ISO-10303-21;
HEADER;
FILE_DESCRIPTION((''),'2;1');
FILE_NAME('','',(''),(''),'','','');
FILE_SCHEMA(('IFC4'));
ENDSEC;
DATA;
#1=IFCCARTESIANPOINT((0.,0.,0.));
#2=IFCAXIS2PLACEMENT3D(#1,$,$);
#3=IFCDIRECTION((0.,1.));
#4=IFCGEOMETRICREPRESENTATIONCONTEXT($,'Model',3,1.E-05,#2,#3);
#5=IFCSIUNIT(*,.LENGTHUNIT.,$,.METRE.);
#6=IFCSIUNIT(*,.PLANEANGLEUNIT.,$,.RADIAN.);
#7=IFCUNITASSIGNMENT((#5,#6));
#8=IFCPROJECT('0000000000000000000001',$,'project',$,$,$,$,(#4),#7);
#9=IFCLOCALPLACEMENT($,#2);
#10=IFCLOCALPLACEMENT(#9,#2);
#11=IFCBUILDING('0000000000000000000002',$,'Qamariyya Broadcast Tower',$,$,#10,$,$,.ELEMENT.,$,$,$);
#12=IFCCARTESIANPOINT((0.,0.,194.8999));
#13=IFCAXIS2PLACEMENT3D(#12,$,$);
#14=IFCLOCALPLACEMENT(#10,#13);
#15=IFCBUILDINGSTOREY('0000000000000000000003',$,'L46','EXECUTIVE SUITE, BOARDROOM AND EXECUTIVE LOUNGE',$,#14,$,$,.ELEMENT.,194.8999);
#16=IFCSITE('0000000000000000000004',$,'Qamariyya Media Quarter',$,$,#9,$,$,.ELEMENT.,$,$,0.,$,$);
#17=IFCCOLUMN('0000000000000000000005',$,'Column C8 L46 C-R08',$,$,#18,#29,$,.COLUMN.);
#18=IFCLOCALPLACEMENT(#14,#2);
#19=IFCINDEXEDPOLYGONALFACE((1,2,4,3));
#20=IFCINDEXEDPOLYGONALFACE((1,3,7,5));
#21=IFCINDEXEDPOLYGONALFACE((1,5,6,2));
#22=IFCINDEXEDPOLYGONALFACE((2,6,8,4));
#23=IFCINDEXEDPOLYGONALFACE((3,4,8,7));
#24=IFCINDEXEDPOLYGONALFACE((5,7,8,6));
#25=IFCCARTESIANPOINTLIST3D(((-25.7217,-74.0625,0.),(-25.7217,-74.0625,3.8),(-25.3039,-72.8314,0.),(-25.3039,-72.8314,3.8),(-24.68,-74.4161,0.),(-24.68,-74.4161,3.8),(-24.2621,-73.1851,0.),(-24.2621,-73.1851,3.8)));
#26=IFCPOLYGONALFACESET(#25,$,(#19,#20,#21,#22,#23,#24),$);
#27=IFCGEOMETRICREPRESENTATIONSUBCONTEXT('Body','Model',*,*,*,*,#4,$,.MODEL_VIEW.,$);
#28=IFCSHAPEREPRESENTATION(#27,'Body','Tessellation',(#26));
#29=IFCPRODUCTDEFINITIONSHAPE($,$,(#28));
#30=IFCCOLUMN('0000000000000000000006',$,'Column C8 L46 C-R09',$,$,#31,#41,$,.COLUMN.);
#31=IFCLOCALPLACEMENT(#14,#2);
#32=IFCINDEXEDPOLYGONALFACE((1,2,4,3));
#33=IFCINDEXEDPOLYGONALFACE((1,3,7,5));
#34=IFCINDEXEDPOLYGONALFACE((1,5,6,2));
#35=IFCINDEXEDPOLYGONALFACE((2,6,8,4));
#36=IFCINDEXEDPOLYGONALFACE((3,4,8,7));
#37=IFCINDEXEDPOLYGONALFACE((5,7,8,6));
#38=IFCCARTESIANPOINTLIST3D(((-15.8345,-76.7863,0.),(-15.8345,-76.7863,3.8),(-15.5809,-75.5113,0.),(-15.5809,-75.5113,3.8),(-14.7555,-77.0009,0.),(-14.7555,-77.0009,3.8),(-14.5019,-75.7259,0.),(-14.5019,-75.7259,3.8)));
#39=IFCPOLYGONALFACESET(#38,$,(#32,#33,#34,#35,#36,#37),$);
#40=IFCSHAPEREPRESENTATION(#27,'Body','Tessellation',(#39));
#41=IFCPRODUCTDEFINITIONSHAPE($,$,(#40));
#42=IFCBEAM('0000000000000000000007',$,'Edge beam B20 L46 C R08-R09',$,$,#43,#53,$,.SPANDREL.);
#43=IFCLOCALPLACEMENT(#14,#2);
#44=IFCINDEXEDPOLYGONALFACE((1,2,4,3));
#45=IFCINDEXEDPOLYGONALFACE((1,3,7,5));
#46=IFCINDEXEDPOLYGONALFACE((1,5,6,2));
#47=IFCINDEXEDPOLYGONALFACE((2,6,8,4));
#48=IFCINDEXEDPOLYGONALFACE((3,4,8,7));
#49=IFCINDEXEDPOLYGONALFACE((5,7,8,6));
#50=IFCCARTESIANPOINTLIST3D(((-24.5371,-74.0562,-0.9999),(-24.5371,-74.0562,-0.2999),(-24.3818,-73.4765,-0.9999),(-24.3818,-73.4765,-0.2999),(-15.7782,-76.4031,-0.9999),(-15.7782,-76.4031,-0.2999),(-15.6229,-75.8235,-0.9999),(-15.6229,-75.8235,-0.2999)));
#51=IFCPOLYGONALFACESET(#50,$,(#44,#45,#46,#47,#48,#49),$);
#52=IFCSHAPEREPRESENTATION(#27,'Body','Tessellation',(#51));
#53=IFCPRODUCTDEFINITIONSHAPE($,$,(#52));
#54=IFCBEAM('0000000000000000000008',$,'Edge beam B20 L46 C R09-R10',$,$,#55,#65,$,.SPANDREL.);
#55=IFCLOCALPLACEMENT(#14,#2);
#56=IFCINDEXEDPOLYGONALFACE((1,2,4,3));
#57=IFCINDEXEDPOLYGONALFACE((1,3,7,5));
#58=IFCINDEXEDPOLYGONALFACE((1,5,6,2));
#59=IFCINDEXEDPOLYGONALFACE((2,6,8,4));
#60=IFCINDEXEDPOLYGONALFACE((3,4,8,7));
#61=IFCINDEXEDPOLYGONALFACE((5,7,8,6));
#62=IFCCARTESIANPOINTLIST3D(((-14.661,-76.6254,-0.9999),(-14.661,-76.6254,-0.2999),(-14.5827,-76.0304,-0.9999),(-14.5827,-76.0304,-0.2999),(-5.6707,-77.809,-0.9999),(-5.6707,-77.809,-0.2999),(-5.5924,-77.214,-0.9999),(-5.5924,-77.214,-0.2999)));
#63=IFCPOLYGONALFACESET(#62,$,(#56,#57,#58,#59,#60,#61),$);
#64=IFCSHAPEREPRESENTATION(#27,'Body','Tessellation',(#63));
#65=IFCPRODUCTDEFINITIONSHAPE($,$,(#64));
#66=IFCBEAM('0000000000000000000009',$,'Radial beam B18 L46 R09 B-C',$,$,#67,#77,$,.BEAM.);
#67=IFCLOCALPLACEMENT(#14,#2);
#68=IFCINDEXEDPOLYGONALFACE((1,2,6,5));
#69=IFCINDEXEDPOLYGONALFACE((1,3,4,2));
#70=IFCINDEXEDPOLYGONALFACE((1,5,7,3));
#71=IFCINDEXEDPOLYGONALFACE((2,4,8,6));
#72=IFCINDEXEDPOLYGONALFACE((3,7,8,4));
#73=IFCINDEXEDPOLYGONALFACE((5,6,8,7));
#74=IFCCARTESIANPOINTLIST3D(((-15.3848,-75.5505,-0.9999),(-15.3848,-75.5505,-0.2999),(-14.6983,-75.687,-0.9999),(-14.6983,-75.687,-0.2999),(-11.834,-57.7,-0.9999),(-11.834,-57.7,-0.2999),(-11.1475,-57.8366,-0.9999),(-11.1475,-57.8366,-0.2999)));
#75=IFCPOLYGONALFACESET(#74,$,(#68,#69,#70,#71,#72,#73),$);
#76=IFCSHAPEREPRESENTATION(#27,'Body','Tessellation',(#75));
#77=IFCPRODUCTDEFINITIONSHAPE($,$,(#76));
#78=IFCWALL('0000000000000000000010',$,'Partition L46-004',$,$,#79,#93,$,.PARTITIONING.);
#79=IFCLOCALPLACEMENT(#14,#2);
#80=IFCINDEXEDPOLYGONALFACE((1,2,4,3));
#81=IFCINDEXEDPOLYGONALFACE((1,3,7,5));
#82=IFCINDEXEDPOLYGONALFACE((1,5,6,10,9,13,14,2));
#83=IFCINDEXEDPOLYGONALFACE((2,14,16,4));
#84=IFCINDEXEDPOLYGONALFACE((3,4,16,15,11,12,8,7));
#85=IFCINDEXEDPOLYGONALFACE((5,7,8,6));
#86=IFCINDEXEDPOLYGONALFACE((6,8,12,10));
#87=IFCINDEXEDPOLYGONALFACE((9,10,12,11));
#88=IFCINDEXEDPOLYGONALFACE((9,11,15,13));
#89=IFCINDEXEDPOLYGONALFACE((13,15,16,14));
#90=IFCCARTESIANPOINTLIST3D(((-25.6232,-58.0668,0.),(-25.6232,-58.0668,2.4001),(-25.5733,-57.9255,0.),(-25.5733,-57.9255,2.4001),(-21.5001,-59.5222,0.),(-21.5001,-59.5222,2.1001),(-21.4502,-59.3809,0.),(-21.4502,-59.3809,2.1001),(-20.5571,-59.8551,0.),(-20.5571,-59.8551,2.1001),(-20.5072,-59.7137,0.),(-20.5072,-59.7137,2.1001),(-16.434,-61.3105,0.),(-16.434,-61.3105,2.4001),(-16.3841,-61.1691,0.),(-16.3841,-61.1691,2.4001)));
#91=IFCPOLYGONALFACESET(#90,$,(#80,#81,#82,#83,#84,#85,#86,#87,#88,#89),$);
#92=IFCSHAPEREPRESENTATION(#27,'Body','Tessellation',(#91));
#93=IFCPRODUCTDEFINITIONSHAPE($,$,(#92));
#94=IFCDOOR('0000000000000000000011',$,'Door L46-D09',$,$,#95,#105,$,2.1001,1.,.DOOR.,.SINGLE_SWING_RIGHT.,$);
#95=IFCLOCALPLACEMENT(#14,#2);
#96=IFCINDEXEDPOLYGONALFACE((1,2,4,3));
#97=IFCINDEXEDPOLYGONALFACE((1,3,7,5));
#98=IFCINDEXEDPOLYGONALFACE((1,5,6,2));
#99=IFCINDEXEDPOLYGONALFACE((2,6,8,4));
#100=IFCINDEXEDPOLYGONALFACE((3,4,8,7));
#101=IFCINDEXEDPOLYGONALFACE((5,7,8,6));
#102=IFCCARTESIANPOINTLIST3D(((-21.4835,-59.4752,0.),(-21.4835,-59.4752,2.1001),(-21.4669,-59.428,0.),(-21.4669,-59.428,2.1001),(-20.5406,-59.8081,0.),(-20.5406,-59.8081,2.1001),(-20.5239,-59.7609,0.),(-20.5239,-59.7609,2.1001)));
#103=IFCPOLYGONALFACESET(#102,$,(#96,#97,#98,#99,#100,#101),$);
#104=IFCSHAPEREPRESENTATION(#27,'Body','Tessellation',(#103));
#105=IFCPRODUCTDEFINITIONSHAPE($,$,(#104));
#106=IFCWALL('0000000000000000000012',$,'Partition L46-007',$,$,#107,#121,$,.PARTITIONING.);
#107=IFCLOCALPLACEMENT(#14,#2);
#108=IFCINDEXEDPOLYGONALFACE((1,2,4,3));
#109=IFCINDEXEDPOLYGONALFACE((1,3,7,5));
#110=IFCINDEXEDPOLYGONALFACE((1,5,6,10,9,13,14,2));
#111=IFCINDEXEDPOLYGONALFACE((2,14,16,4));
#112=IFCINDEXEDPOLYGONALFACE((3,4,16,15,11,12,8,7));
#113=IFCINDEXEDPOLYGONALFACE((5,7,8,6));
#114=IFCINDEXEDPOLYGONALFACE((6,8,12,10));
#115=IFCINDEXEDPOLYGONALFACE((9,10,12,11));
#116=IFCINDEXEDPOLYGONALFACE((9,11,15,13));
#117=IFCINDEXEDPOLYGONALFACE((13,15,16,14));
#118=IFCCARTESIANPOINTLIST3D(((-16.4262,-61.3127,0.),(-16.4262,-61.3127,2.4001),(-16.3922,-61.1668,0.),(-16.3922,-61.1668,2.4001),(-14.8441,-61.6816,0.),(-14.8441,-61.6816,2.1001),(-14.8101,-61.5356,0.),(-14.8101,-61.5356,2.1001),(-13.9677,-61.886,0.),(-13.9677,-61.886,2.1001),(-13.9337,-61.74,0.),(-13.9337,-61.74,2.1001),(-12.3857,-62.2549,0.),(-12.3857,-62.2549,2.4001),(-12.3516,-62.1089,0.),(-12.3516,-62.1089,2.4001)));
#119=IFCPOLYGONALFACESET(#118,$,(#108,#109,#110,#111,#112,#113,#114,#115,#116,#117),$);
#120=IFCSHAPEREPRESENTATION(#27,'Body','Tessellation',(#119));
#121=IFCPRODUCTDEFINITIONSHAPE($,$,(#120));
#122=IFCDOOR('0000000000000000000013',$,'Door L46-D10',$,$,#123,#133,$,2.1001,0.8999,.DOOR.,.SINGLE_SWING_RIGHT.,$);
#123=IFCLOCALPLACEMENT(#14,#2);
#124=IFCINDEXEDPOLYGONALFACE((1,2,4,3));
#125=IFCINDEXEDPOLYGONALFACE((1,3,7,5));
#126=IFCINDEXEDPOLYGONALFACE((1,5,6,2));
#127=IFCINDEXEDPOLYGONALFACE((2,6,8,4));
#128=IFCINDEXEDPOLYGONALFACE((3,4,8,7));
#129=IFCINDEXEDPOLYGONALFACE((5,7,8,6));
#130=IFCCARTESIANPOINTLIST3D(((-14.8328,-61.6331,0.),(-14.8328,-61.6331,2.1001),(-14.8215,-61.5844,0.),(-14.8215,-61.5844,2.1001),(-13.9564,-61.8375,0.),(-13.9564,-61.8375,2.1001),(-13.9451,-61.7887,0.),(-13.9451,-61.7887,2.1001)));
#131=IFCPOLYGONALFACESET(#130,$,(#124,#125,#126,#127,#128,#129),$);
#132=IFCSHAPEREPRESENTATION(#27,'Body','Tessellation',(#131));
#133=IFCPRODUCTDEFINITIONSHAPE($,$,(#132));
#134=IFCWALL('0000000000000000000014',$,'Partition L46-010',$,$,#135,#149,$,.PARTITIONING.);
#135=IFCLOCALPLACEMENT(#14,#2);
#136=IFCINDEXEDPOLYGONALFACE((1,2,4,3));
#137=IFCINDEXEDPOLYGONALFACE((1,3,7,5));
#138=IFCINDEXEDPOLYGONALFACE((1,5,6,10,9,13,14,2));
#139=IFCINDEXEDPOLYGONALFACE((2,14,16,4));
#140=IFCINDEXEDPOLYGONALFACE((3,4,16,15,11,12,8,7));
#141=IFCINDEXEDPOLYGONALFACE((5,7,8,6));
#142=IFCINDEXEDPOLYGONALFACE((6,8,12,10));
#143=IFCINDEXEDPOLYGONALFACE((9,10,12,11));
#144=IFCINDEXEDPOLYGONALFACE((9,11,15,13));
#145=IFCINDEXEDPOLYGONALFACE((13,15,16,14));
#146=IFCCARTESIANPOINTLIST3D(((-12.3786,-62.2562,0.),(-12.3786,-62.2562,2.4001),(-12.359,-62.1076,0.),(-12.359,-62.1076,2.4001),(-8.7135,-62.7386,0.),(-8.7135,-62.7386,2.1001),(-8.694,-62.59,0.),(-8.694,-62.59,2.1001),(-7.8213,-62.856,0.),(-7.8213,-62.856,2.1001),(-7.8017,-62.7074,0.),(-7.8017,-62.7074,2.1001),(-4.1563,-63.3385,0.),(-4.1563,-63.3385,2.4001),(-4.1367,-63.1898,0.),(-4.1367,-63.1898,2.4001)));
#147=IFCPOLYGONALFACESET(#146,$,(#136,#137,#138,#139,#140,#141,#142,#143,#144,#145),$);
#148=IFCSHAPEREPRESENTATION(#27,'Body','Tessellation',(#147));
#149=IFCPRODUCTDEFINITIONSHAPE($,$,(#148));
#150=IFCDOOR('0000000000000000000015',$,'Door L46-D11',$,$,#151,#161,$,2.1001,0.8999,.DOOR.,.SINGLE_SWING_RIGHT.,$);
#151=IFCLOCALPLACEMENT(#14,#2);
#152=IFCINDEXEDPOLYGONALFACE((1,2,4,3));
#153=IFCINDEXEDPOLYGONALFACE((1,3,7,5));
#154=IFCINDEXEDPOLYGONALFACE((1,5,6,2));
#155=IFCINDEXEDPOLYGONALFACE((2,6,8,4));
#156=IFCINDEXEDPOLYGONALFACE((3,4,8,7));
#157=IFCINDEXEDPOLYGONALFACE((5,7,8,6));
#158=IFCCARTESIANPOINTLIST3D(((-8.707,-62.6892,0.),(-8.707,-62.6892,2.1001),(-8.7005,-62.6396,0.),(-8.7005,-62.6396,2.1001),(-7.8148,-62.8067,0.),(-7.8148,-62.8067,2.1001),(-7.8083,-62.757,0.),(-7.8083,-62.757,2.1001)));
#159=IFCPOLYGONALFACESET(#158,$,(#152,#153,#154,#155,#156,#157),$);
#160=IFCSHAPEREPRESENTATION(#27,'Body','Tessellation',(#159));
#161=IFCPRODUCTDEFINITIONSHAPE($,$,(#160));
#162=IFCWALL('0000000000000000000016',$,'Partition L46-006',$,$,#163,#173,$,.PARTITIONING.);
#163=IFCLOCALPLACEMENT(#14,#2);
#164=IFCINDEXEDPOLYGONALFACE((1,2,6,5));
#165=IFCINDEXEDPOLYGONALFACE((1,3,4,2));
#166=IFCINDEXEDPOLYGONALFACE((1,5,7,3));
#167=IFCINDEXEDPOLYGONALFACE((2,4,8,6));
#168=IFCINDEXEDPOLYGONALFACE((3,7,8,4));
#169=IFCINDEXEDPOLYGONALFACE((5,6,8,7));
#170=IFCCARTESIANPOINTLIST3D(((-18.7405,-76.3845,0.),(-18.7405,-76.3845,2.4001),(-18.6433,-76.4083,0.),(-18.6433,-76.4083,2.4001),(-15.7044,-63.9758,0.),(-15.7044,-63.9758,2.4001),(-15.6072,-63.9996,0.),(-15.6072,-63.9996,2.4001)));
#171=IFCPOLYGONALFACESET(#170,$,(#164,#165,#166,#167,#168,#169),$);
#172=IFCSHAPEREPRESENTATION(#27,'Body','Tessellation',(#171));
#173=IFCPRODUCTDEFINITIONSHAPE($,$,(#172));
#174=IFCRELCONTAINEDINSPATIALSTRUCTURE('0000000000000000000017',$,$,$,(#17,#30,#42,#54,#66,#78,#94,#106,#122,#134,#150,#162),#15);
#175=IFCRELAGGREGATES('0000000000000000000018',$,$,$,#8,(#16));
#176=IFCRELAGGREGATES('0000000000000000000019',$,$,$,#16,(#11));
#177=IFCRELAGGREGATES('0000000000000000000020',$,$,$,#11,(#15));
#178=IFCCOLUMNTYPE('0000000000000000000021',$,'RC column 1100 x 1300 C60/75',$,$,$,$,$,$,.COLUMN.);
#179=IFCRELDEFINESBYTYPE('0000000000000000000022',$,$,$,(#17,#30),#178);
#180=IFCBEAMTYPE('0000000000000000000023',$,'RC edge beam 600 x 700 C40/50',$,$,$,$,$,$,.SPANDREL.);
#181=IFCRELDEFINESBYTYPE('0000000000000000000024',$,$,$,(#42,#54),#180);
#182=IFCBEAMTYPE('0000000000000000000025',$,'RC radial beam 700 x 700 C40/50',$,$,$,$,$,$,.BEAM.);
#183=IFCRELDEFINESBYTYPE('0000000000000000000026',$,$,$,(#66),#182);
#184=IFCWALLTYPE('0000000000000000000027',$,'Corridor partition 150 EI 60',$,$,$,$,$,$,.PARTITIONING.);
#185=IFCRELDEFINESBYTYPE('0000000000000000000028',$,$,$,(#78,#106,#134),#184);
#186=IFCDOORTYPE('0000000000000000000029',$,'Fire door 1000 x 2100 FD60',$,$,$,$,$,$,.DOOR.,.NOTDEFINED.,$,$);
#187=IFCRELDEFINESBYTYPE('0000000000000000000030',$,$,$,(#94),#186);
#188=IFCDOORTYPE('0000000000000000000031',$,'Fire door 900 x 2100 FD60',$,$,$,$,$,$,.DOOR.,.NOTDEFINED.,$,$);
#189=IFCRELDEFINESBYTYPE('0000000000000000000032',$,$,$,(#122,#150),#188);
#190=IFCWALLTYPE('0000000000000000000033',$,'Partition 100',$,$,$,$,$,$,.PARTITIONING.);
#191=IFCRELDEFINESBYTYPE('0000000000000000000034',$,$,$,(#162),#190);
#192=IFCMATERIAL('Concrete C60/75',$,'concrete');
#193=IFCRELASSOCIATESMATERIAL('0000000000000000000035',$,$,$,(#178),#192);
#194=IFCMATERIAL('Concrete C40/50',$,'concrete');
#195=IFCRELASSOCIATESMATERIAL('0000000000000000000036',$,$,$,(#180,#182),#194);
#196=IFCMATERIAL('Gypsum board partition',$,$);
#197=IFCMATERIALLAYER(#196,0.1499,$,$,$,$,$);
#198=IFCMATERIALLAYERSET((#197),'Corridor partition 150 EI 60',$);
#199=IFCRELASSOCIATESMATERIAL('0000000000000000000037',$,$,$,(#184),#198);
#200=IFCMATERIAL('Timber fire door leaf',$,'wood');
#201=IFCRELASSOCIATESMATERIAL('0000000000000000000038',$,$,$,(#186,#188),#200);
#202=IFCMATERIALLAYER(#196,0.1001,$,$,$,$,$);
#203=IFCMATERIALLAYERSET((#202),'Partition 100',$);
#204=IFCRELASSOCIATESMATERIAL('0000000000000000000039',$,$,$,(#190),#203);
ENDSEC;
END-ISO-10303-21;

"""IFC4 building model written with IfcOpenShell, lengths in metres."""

from ifc_helpers import new_model, si_unit, direction, frame, frame_2d, origin, origin_2d, place, context, subcontext, project, spatial, rectangle, extrude, material, layer, layer_set, material_profile, profile_set, type_object, element, fill, save


model = new_model("IFC4")

# Units and contexts
model_context = context("Model", 3, precision=1e-05, world=origin(), true_north=direction((0.0, 1.0)))
body_context = subcontext(model_context, "Body", "Model", "MODEL_VIEW")
ifc_project = project(units=[si_unit("LENGTHUNIT", "METRE"), si_unit("PLANEANGLEUNIT", "RADIAN")], contexts=[model_context])

# Site, building, storey
site_placement = place(None, origin())
site = spatial("IfcSite", under=ifc_project, at=site_placement, Name="Qamariyya Media Quarter", CompositionType="ELEMENT", RefElevation=0.0)
building_placement = place(site_placement, origin())
building = spatial("IfcBuilding", under=site, at=building_placement, Name="Qamariyya Broadcast Tower", CompositionType="ELEMENT")
storey_placement = place(building_placement, frame((0.0, 0.0, 194.8999)))
storey = spatial("IfcBuildingStorey", under=building, at=storey_placement, Name="L46", Description="EXECUTIVE SUITE, BOARDROOM AND EXECUTIVE LOUNGE", CompositionType="ELEMENT", Elevation=194.8999)

# Columns
ifc_material_1 = material(Name="Concrete C60/75", Category="concrete")
ifc_material_profile_1 = material_profile(ifc_material_1, rectangle(XDim=1.1001, YDim=1.3, at=origin_2d()))
ifc_profile_set_1 = profile_set([ifc_material_profile_1], Name="Concrete C60/75")
column_type = type_object("IfcColumnType", Name="RC column 1100 x 1300 C60/75", PredefinedType="COLUMN", material=ifc_profile_set_1)
for number, where, z_axis, x_axis, name in (
    (1, (-24.9919, -73.6238, 0.0), (0.0, 0.0, 1.0), (0.94693, -0.321439, 0.0), "Column C8 L46 C-R08"),
    (2, (-15.1682, -76.2561, 0.0), (0.0, 0.0, 1.0), (0.980785, -0.19509, 0.0), "Column C8 L46 C-R09"),
):
    element("IfcColumn", number, at=place(storey_placement, frame(where, z_axis=z_axis, x_axis=x_axis)), inside=storey, type_object=column_type, Name=name, PredefinedType="COLUMN", context=body_context, shape_type="SweptSolid", body=[
        extrude(rectangle(XDim=1.1001, YDim=1.3, at=origin_2d()), origin(), (0.0, 0.0, 1.0), 3.8),
    ])

# Beams
ifc_material_2 = material(Name="Concrete C40/50", Category="concrete")
ifc_material_profile_2 = material_profile(ifc_material_2, rectangle(XDim=0.6001, YDim=0.7, at=origin_2d()))
ifc_profile_set_2 = profile_set([ifc_material_profile_2], Name="Concrete C40/50")
beam_type_1 = type_object("IfcBeamType", Name="RC edge beam 600 x 700 C40/50", PredefinedType="SPANDREL", material=ifc_profile_set_2)
for number, where, z_axis, x_axis, name in (
    (3, (-24.4595, -73.7664, -0.6499), (0.965925, -0.25882, 0.0), (0.25882, 0.965925, 0.0), "Edge beam B20 L46 C R08-R09"),
    (4, (-14.6218, -76.3279, -0.6499), (0.991445, -0.130527, 0.0), (0.130527, 0.991445, 0.0), "Edge beam B20 L46 C R09-R10"),
):
    element("IfcBeam", number, at=place(storey_placement, frame(where, z_axis=z_axis, x_axis=x_axis)), inside=storey, type_object=beam_type_1, Name=name, PredefinedType="SPANDREL", context=body_context, shape_type="SweptSolid", body=[
        extrude(rectangle(XDim=0.6001, YDim=0.7, at=origin_2d()), origin(), (0.0, 0.0, 1.0), 9.0679),
    ])
ifc_material_profile_3 = material_profile(ifc_material_2, rectangle(XDim=0.7, YDim=0.7, at=origin_2d()))
ifc_profile_set_3 = profile_set([ifc_material_profile_3], Name="Concrete C40/50")
beam_type_2 = type_object("IfcBeamType", Name="RC radial beam 700 x 700 C40/50", PredefinedType="BEAM", material=ifc_profile_set_3)
beam_placement = place(storey_placement, frame((-11.4907, -57.7683, -0.6499), z_axis=(-0.195097, -0.980784, 0.0), x_axis=(0.980784, -0.195097, 0.0)))
element("IfcBeam", 5, at=beam_placement, inside=storey, type_object=beam_type_2, Name="Radial beam B18 L46 R09 B-C", PredefinedType="BEAM", context=body_context, shape_type="SweptSolid", body=[
    extrude(rectangle(XDim=0.7, YDim=0.7, at=origin_2d()), origin(), (0.0, 0.0, 1.0), 18.2002),
])

# Walls, openings, doors
ifc_material_3 = material(Name="Gypsum board partition")
ifc_layer_1 = layer(ifc_material_3, 0.1499)
ifc_layer_set_1 = layer_set([ifc_layer_1], Name="Corridor partition 150 EI 60")
wall_type_1 = type_object("IfcWallType", Name="Corridor partition 150 EI 60", PredefinedType="PARTITIONING", material=ifc_layer_set_1)
wall_1_placement = place(storey_placement, frame((-25.5984, -57.9961, 0.0), z_axis=(0.0, 0.0, 1.0), x_axis=(0.942977, -0.332857, 0.0)))
wall_1 = element("IfcWall", 6, at=wall_1_placement, inside=storey, type_object=wall_type_1, Name="Partition L46-004", PredefinedType="PARTITIONING", context=body_context, shape_type="SweptSolid", body=[
    extrude(rectangle(XDim=9.7449, YDim=0.1499, at=frame_2d((4.8726, 0.0))), origin(), (0.0, 0.0, 1.0), 2.4001),
])
opening_1_placement = place(wall_1_placement, frame((4.3726, 0.0, 0.0)))
opening_1 = element("IfcOpeningElement", 7, at=opening_1_placement, cuts=wall_1, PredefinedType="OPENING", context=body_context, shape_type="SweptSolid", body=[
    extrude(rectangle(XDim=1.0, YDim=2.1001, at=frame_2d((0.5, 1.05))), frame((0.0, 0.085, 0.0), z_axis=(0.0, -1.0, 0.0), x_axis=(1.0, 0.0, 0.0)), (0.0, 0.0, 1.0), 0.1699),
])
ifc_material_4 = material(Name="Timber fire door leaf", Category="wood")
door_type_1 = type_object("IfcDoorType", Name="Fire door 1000 x 2100 FD60", OperationType="NOTDEFINED", PredefinedType="DOOR", material=ifc_material_4)
door_1_placement = place(opening_1_placement, origin())
door_1 = element("IfcDoor", 8, at=door_1_placement, inside=storey, type_object=door_type_1, Name="Door L46-D09", OperationType="SINGLE_SWING_RIGHT", OverallHeight=2.1001, OverallWidth=1.0, PredefinedType="DOOR", context=body_context, shape_type="SweptSolid", body=[
    extrude(rectangle(XDim=1.0, YDim=2.1001, at=frame_2d((0.5, 1.05))), frame((0.0, 0.0249, 0.0), z_axis=(0.0, -1.0, 0.0), x_axis=(1.0, 0.0, 0.0)), (0.0, 0.0, 1.0), 0.05),
])
fill(opening_1, door_1)
wall_2_placement = place(storey_placement, frame((-16.4092, -61.2397, 0.0), z_axis=(0.0, 0.0, 1.0), x_axis=(0.973876, -0.227081, 0.0)))
wall_2 = element("IfcWall", 9, at=wall_2_placement, inside=storey, type_object=wall_type_1, Name="Partition L46-007", PredefinedType="PARTITIONING", context=body_context, shape_type="SweptSolid", body=[
    extrude(rectangle(XDim=4.1489, YDim=0.1499, at=frame_2d((2.0745, 0.0))), origin(), (0.0, 0.0, 1.0), 2.4001),
])
opening_2_placement = place(wall_2_placement, frame((1.6245, 0.0, 0.0)))
opening_2 = element("IfcOpeningElement", 10, at=opening_2_placement, cuts=wall_2, PredefinedType="OPENING", context=body_context, shape_type="SweptSolid", body=[
    extrude(rectangle(XDim=0.8999, YDim=2.1001, at=frame_2d((0.45, 1.05))), frame((0.0, 0.085, 0.0), z_axis=(0.0, -1.0, 0.0), x_axis=(1.0, 0.0, 0.0)), (0.0, 0.0, 1.0), 0.1699),
])
door_type_2 = type_object("IfcDoorType", Name="Fire door 900 x 2100 FD60", OperationType="NOTDEFINED", PredefinedType="DOOR", material=ifc_material_4)
door_2_placement = place(opening_2_placement, origin())
door_2 = element("IfcDoor", 11, at=door_2_placement, inside=storey, type_object=door_type_2, Name="Door L46-D10", OperationType="SINGLE_SWING_RIGHT", OverallHeight=2.1001, OverallWidth=0.8999, PredefinedType="DOOR", context=body_context, shape_type="SweptSolid", body=[
    extrude(rectangle(XDim=0.8999, YDim=2.1001, at=frame_2d((0.45, 1.05))), frame((0.0, 0.0249, 0.0), z_axis=(0.0, -1.0, 0.0), x_axis=(1.0, 0.0, 0.0)), (0.0, 0.0, 1.0), 0.05),
])
fill(opening_2, door_2)
wall_3_placement = place(storey_placement, frame((-12.3687, -62.1819, 0.0), z_axis=(0.0, 0.0, 1.0), x_axis=(0.991448, -0.130503, 0.0)))
wall_3 = element("IfcWall", 12, at=wall_3_placement, inside=storey, type_object=wall_type_1, Name="Partition L46-010", PredefinedType="PARTITIONING", context=body_context, shape_type="SweptSolid", body=[
    extrude(rectangle(XDim=8.2932, YDim=0.1499, at=frame_2d((4.1465, 0.0))), origin(), (0.0, 0.0, 1.0), 2.4001),
])
opening_3_placement = place(wall_3_placement, frame((3.6965, 0.0, 0.0)))
opening_3 = element("IfcOpeningElement", 13, at=opening_3_placement, cuts=wall_3, PredefinedType="OPENING", context=body_context, shape_type="SweptSolid", body=[
    extrude(rectangle(XDim=0.8999, YDim=2.1001, at=frame_2d((0.45, 1.05))), frame((0.0, 0.085, 0.0), z_axis=(0.0, -1.0, 0.0), x_axis=(1.0, 0.0, 0.0)), (0.0, 0.0, 1.0), 0.1699),
])
door_3_placement = place(opening_3_placement, origin())
door_3 = element("IfcDoor", 14, at=door_3_placement, inside=storey, type_object=door_type_2, Name="Door L46-D11", OperationType="SINGLE_SWING_RIGHT", OverallHeight=2.1001, OverallWidth=0.8999, PredefinedType="DOOR", context=body_context, shape_type="SweptSolid", body=[
    extrude(rectangle(XDim=0.8999, YDim=2.1001, at=frame_2d((0.45, 1.05))), frame((0.0, 0.0249, 0.0), z_axis=(0.0, -1.0, 0.0), x_axis=(1.0, 0.0, 0.0)), (0.0, 0.0, 1.0), 0.05),
])
fill(opening_3, door_3)

# Wall
ifc_layer_2 = layer(ifc_material_3, 0.1001)
ifc_layer_set_2 = layer_set([ifc_layer_2], Name="Partition 100")
wall_type_2 = type_object("IfcWallType", Name="Partition 100", PredefinedType="PARTITIONING", material=ifc_layer_set_2)
wall_4_placement = place(storey_placement, frame((-18.6919, -76.3962, 0.0), z_axis=(0.0, 0.0, 1.0), x_axis=(0.237667, 0.971347, 0.0)))
element("IfcWall", 15, at=wall_4_placement, inside=storey, type_object=wall_type_2, Name="Partition L46-006", PredefinedType="PARTITIONING", context=body_context, shape_type="SweptSolid", body=[
    extrude(rectangle(XDim=12.7747, YDim=0.1001, at=frame_2d((6.3872, 0.0))), origin(), (0.0, 0.0, 1.0), 2.4001),
])

save(model, "model.ifc")
